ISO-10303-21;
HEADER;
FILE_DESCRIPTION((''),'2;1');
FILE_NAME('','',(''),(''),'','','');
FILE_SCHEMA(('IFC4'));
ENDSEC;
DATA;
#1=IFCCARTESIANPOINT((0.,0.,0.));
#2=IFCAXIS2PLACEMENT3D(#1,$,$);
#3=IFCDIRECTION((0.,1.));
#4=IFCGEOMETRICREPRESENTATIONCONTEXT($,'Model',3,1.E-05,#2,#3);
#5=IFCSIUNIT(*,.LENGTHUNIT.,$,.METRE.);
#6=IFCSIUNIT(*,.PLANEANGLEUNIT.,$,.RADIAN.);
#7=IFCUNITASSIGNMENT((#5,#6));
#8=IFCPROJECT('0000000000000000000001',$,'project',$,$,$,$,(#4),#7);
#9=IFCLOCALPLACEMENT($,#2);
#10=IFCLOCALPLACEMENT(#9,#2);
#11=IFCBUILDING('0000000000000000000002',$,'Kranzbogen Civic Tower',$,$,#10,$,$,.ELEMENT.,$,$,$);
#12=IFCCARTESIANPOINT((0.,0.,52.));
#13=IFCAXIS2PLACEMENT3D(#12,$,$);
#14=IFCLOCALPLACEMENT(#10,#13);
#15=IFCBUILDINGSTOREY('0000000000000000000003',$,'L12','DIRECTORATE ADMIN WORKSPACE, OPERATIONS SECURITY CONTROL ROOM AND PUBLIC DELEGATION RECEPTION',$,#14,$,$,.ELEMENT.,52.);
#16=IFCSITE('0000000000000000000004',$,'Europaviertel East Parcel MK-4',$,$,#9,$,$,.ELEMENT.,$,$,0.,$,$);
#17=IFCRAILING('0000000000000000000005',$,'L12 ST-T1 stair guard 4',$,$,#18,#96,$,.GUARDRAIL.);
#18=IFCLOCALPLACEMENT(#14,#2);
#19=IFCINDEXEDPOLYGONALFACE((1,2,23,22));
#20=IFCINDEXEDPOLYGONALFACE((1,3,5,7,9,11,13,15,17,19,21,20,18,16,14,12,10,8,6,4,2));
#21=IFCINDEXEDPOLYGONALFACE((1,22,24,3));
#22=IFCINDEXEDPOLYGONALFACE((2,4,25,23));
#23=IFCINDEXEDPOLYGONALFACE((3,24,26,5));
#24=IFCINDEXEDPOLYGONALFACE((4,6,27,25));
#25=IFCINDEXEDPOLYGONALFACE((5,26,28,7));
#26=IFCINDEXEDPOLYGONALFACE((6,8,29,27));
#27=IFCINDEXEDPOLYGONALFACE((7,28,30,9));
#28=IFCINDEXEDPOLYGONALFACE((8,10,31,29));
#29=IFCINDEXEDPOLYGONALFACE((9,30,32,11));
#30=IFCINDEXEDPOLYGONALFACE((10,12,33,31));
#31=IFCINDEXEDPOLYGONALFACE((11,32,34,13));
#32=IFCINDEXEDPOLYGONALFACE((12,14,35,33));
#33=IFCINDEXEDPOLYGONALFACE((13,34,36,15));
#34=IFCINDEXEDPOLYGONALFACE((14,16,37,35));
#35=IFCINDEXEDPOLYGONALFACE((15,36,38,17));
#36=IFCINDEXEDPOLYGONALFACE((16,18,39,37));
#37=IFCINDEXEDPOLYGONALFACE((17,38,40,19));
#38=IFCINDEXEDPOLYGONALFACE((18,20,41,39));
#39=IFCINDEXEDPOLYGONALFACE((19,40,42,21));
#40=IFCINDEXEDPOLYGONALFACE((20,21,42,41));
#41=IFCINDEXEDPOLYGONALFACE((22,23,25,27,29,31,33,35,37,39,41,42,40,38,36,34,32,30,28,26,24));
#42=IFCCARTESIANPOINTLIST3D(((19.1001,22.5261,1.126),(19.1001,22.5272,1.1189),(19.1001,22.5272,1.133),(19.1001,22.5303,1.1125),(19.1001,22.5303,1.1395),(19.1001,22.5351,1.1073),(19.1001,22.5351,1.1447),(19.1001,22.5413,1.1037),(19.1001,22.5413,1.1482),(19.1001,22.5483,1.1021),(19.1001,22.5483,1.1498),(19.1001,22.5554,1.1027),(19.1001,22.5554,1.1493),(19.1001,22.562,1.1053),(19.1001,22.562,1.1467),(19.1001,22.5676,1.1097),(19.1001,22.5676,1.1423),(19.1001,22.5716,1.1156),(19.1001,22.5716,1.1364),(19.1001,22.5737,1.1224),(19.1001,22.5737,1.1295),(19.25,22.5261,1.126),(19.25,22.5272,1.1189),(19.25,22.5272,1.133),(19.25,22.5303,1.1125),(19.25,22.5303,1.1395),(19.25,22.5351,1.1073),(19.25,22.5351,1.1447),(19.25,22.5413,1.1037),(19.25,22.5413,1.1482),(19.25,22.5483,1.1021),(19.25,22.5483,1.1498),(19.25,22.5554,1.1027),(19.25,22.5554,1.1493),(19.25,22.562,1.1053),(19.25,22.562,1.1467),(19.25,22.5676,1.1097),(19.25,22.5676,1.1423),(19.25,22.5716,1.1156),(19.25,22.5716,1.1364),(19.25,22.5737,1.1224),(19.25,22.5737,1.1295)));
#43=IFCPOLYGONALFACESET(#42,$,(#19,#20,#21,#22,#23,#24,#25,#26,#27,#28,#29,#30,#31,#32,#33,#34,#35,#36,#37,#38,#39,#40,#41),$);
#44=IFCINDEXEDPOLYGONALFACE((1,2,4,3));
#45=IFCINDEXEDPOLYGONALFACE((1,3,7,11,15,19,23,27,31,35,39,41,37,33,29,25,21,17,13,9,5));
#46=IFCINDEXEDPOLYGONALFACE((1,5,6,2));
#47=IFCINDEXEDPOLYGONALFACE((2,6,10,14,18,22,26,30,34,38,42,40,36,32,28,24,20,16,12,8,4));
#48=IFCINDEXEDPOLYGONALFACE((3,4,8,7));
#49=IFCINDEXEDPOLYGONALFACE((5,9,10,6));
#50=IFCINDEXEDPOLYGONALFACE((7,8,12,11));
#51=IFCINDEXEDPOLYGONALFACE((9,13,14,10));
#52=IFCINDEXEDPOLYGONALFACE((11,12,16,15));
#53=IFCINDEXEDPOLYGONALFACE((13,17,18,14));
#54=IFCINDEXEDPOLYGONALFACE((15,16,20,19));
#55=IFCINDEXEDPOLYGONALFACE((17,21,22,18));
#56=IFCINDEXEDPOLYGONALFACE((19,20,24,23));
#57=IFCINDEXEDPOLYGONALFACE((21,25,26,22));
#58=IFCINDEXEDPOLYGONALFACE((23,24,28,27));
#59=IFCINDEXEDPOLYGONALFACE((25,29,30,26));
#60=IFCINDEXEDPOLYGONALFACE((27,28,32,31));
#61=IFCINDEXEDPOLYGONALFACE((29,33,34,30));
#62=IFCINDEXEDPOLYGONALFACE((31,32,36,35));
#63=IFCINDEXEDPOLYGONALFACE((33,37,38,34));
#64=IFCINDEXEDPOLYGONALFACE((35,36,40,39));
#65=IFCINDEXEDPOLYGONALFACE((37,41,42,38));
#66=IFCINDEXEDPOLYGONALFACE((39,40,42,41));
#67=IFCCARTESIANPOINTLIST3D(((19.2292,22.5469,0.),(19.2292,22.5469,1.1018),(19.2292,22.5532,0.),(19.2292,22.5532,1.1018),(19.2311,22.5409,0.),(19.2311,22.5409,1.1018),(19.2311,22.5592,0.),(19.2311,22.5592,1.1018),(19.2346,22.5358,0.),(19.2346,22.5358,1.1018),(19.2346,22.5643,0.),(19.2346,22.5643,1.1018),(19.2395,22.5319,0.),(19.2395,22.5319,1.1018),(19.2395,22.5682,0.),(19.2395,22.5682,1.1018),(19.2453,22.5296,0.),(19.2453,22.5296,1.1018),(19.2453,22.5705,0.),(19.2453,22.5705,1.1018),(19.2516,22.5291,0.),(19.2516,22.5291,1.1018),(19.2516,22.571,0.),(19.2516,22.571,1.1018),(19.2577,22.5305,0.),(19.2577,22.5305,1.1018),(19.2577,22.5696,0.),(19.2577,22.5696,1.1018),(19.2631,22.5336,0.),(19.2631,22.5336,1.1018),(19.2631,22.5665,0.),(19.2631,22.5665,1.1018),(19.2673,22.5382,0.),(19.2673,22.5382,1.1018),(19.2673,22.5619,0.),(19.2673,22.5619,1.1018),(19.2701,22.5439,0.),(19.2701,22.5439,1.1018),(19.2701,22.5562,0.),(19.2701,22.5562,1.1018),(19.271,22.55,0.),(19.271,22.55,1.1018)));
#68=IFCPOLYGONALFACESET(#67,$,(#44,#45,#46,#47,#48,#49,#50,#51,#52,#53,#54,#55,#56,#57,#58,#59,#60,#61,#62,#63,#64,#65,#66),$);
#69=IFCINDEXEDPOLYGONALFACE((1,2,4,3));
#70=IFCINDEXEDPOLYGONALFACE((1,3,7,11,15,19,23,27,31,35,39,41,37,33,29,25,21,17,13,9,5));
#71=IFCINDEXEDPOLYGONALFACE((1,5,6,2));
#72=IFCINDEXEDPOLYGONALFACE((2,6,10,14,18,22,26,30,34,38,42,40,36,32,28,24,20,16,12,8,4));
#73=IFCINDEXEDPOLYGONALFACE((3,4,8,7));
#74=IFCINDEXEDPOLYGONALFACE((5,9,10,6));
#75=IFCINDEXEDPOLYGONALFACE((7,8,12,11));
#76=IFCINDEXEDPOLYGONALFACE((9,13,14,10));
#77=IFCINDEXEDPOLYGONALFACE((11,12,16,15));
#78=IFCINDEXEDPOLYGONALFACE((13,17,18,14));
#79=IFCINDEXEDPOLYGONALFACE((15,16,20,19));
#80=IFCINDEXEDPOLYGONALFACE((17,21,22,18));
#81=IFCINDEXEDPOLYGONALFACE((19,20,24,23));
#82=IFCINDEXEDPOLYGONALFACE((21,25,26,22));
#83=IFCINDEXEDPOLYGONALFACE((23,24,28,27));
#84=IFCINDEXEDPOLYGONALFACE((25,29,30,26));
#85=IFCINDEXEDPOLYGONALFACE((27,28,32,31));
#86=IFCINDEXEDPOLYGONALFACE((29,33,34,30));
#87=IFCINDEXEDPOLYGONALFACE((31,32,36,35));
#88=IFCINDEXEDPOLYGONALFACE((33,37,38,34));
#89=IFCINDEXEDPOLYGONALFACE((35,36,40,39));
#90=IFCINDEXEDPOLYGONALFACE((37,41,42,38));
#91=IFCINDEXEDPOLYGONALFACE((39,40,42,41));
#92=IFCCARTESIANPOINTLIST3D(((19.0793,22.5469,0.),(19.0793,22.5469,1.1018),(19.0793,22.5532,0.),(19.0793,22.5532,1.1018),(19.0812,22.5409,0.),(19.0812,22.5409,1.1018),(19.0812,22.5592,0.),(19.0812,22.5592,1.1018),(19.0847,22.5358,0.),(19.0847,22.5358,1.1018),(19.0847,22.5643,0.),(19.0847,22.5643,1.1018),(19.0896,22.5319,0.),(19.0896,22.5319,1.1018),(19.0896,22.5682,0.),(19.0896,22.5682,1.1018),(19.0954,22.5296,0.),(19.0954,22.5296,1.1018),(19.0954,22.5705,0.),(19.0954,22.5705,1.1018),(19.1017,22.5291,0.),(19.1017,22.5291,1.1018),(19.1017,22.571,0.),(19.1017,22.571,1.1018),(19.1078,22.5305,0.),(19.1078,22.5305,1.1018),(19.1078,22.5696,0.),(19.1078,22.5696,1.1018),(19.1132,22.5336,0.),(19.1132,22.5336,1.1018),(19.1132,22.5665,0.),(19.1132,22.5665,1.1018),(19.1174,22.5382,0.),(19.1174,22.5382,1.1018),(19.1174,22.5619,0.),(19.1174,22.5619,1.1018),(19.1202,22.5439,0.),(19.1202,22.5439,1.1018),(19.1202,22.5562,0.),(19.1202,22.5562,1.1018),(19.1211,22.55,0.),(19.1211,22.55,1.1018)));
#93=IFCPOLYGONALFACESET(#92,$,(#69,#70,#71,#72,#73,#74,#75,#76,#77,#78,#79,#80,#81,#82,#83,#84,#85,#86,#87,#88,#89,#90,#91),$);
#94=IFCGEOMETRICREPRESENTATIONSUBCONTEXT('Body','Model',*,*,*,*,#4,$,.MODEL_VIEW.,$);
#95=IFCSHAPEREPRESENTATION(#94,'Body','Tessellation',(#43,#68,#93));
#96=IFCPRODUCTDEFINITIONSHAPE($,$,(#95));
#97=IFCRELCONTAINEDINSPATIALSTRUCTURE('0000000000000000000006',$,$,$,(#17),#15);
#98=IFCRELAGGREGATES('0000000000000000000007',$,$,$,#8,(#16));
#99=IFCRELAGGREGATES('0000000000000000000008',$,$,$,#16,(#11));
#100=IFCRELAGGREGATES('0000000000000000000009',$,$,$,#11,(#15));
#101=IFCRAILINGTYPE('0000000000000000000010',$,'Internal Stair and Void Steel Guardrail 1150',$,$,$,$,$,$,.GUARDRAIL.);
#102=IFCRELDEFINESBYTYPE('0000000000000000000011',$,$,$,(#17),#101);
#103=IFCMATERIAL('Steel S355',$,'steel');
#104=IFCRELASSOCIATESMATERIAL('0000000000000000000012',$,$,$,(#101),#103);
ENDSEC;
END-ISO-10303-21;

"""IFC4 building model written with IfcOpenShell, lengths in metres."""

from ifc_helpers import new_model, si_unit, direction, frame, origin, origin_2d, place, context, subcontext, project, spatial, circle, extrude, material, type_object, element, save


model = new_model("IFC4")

# Units and contexts
model_context = context("Model", 3, precision=1e-05, world=origin(), true_north=direction((0.0, 1.0)))
body_context = subcontext(model_context, "Body", "Model", "MODEL_VIEW")
ifc_project = project(units=[si_unit("LENGTHUNIT", "METRE"), si_unit("PLANEANGLEUNIT", "RADIAN")], contexts=[model_context])

# Site, building, storey
site_placement = place(None, origin())
site = spatial("IfcSite", under=ifc_project, at=site_placement, Name="Europaviertel East Parcel MK-4", CompositionType="ELEMENT", RefElevation=0.0)
building_placement = place(site_placement, origin())
building = spatial("IfcBuilding", under=site, at=building_placement, Name="Kranzbogen Civic Tower", CompositionType="ELEMENT")
storey_placement = place(building_placement, frame((0.0, 0.0, 52.0)))
storey = spatial("IfcBuildingStorey", under=building, at=storey_placement, Name="L12", Description="DIRECTORATE ADMIN WORKSPACE, OPERATIONS SECURITY CONTROL ROOM AND PUBLIC DELEGATION RECEPTION", CompositionType="ELEMENT", Elevation=52.0)

# Shared definitions
ifc_material_1 = material(Name="Steel S355", Category="steel")

# Railing
railing_type_1 = type_object("IfcRailingType", Name="Internal Stair and Void Steel Guardrail 1150", PredefinedType="GUARDRAIL", material=ifc_material_1)
railing_1_placement = place(storey_placement, frame((19.25, 22.55, 0.0)))
element("IfcRailing", 1, at=railing_1_placement, inside=storey, type_object=railing_type_1, Name="L12 ST-T1 stair guard 4", PredefinedType="GUARDRAIL", context=body_context, shape_type="SweptSolid", body=[
    extrude(circle(Radius=0.0239, at=origin_2d()), frame((0.0, 0.0, 1.126), z_axis=(-1.0, 0.0, 0.0), x_axis=(0.0, -1.0, 0.0)), (0.0, 0.0, 1.0), 0.1499),
    extrude(circle(Radius=0.021, at=origin_2d()), origin(), (0.0, 0.0, 1.0), 1.1018),
    extrude(circle(Radius=0.021, at=origin_2d()), frame((-0.1499, 0.0, 0.0)), (0.0, 0.0, 1.0), 1.1018),
])

save(model, "model.ifc")
